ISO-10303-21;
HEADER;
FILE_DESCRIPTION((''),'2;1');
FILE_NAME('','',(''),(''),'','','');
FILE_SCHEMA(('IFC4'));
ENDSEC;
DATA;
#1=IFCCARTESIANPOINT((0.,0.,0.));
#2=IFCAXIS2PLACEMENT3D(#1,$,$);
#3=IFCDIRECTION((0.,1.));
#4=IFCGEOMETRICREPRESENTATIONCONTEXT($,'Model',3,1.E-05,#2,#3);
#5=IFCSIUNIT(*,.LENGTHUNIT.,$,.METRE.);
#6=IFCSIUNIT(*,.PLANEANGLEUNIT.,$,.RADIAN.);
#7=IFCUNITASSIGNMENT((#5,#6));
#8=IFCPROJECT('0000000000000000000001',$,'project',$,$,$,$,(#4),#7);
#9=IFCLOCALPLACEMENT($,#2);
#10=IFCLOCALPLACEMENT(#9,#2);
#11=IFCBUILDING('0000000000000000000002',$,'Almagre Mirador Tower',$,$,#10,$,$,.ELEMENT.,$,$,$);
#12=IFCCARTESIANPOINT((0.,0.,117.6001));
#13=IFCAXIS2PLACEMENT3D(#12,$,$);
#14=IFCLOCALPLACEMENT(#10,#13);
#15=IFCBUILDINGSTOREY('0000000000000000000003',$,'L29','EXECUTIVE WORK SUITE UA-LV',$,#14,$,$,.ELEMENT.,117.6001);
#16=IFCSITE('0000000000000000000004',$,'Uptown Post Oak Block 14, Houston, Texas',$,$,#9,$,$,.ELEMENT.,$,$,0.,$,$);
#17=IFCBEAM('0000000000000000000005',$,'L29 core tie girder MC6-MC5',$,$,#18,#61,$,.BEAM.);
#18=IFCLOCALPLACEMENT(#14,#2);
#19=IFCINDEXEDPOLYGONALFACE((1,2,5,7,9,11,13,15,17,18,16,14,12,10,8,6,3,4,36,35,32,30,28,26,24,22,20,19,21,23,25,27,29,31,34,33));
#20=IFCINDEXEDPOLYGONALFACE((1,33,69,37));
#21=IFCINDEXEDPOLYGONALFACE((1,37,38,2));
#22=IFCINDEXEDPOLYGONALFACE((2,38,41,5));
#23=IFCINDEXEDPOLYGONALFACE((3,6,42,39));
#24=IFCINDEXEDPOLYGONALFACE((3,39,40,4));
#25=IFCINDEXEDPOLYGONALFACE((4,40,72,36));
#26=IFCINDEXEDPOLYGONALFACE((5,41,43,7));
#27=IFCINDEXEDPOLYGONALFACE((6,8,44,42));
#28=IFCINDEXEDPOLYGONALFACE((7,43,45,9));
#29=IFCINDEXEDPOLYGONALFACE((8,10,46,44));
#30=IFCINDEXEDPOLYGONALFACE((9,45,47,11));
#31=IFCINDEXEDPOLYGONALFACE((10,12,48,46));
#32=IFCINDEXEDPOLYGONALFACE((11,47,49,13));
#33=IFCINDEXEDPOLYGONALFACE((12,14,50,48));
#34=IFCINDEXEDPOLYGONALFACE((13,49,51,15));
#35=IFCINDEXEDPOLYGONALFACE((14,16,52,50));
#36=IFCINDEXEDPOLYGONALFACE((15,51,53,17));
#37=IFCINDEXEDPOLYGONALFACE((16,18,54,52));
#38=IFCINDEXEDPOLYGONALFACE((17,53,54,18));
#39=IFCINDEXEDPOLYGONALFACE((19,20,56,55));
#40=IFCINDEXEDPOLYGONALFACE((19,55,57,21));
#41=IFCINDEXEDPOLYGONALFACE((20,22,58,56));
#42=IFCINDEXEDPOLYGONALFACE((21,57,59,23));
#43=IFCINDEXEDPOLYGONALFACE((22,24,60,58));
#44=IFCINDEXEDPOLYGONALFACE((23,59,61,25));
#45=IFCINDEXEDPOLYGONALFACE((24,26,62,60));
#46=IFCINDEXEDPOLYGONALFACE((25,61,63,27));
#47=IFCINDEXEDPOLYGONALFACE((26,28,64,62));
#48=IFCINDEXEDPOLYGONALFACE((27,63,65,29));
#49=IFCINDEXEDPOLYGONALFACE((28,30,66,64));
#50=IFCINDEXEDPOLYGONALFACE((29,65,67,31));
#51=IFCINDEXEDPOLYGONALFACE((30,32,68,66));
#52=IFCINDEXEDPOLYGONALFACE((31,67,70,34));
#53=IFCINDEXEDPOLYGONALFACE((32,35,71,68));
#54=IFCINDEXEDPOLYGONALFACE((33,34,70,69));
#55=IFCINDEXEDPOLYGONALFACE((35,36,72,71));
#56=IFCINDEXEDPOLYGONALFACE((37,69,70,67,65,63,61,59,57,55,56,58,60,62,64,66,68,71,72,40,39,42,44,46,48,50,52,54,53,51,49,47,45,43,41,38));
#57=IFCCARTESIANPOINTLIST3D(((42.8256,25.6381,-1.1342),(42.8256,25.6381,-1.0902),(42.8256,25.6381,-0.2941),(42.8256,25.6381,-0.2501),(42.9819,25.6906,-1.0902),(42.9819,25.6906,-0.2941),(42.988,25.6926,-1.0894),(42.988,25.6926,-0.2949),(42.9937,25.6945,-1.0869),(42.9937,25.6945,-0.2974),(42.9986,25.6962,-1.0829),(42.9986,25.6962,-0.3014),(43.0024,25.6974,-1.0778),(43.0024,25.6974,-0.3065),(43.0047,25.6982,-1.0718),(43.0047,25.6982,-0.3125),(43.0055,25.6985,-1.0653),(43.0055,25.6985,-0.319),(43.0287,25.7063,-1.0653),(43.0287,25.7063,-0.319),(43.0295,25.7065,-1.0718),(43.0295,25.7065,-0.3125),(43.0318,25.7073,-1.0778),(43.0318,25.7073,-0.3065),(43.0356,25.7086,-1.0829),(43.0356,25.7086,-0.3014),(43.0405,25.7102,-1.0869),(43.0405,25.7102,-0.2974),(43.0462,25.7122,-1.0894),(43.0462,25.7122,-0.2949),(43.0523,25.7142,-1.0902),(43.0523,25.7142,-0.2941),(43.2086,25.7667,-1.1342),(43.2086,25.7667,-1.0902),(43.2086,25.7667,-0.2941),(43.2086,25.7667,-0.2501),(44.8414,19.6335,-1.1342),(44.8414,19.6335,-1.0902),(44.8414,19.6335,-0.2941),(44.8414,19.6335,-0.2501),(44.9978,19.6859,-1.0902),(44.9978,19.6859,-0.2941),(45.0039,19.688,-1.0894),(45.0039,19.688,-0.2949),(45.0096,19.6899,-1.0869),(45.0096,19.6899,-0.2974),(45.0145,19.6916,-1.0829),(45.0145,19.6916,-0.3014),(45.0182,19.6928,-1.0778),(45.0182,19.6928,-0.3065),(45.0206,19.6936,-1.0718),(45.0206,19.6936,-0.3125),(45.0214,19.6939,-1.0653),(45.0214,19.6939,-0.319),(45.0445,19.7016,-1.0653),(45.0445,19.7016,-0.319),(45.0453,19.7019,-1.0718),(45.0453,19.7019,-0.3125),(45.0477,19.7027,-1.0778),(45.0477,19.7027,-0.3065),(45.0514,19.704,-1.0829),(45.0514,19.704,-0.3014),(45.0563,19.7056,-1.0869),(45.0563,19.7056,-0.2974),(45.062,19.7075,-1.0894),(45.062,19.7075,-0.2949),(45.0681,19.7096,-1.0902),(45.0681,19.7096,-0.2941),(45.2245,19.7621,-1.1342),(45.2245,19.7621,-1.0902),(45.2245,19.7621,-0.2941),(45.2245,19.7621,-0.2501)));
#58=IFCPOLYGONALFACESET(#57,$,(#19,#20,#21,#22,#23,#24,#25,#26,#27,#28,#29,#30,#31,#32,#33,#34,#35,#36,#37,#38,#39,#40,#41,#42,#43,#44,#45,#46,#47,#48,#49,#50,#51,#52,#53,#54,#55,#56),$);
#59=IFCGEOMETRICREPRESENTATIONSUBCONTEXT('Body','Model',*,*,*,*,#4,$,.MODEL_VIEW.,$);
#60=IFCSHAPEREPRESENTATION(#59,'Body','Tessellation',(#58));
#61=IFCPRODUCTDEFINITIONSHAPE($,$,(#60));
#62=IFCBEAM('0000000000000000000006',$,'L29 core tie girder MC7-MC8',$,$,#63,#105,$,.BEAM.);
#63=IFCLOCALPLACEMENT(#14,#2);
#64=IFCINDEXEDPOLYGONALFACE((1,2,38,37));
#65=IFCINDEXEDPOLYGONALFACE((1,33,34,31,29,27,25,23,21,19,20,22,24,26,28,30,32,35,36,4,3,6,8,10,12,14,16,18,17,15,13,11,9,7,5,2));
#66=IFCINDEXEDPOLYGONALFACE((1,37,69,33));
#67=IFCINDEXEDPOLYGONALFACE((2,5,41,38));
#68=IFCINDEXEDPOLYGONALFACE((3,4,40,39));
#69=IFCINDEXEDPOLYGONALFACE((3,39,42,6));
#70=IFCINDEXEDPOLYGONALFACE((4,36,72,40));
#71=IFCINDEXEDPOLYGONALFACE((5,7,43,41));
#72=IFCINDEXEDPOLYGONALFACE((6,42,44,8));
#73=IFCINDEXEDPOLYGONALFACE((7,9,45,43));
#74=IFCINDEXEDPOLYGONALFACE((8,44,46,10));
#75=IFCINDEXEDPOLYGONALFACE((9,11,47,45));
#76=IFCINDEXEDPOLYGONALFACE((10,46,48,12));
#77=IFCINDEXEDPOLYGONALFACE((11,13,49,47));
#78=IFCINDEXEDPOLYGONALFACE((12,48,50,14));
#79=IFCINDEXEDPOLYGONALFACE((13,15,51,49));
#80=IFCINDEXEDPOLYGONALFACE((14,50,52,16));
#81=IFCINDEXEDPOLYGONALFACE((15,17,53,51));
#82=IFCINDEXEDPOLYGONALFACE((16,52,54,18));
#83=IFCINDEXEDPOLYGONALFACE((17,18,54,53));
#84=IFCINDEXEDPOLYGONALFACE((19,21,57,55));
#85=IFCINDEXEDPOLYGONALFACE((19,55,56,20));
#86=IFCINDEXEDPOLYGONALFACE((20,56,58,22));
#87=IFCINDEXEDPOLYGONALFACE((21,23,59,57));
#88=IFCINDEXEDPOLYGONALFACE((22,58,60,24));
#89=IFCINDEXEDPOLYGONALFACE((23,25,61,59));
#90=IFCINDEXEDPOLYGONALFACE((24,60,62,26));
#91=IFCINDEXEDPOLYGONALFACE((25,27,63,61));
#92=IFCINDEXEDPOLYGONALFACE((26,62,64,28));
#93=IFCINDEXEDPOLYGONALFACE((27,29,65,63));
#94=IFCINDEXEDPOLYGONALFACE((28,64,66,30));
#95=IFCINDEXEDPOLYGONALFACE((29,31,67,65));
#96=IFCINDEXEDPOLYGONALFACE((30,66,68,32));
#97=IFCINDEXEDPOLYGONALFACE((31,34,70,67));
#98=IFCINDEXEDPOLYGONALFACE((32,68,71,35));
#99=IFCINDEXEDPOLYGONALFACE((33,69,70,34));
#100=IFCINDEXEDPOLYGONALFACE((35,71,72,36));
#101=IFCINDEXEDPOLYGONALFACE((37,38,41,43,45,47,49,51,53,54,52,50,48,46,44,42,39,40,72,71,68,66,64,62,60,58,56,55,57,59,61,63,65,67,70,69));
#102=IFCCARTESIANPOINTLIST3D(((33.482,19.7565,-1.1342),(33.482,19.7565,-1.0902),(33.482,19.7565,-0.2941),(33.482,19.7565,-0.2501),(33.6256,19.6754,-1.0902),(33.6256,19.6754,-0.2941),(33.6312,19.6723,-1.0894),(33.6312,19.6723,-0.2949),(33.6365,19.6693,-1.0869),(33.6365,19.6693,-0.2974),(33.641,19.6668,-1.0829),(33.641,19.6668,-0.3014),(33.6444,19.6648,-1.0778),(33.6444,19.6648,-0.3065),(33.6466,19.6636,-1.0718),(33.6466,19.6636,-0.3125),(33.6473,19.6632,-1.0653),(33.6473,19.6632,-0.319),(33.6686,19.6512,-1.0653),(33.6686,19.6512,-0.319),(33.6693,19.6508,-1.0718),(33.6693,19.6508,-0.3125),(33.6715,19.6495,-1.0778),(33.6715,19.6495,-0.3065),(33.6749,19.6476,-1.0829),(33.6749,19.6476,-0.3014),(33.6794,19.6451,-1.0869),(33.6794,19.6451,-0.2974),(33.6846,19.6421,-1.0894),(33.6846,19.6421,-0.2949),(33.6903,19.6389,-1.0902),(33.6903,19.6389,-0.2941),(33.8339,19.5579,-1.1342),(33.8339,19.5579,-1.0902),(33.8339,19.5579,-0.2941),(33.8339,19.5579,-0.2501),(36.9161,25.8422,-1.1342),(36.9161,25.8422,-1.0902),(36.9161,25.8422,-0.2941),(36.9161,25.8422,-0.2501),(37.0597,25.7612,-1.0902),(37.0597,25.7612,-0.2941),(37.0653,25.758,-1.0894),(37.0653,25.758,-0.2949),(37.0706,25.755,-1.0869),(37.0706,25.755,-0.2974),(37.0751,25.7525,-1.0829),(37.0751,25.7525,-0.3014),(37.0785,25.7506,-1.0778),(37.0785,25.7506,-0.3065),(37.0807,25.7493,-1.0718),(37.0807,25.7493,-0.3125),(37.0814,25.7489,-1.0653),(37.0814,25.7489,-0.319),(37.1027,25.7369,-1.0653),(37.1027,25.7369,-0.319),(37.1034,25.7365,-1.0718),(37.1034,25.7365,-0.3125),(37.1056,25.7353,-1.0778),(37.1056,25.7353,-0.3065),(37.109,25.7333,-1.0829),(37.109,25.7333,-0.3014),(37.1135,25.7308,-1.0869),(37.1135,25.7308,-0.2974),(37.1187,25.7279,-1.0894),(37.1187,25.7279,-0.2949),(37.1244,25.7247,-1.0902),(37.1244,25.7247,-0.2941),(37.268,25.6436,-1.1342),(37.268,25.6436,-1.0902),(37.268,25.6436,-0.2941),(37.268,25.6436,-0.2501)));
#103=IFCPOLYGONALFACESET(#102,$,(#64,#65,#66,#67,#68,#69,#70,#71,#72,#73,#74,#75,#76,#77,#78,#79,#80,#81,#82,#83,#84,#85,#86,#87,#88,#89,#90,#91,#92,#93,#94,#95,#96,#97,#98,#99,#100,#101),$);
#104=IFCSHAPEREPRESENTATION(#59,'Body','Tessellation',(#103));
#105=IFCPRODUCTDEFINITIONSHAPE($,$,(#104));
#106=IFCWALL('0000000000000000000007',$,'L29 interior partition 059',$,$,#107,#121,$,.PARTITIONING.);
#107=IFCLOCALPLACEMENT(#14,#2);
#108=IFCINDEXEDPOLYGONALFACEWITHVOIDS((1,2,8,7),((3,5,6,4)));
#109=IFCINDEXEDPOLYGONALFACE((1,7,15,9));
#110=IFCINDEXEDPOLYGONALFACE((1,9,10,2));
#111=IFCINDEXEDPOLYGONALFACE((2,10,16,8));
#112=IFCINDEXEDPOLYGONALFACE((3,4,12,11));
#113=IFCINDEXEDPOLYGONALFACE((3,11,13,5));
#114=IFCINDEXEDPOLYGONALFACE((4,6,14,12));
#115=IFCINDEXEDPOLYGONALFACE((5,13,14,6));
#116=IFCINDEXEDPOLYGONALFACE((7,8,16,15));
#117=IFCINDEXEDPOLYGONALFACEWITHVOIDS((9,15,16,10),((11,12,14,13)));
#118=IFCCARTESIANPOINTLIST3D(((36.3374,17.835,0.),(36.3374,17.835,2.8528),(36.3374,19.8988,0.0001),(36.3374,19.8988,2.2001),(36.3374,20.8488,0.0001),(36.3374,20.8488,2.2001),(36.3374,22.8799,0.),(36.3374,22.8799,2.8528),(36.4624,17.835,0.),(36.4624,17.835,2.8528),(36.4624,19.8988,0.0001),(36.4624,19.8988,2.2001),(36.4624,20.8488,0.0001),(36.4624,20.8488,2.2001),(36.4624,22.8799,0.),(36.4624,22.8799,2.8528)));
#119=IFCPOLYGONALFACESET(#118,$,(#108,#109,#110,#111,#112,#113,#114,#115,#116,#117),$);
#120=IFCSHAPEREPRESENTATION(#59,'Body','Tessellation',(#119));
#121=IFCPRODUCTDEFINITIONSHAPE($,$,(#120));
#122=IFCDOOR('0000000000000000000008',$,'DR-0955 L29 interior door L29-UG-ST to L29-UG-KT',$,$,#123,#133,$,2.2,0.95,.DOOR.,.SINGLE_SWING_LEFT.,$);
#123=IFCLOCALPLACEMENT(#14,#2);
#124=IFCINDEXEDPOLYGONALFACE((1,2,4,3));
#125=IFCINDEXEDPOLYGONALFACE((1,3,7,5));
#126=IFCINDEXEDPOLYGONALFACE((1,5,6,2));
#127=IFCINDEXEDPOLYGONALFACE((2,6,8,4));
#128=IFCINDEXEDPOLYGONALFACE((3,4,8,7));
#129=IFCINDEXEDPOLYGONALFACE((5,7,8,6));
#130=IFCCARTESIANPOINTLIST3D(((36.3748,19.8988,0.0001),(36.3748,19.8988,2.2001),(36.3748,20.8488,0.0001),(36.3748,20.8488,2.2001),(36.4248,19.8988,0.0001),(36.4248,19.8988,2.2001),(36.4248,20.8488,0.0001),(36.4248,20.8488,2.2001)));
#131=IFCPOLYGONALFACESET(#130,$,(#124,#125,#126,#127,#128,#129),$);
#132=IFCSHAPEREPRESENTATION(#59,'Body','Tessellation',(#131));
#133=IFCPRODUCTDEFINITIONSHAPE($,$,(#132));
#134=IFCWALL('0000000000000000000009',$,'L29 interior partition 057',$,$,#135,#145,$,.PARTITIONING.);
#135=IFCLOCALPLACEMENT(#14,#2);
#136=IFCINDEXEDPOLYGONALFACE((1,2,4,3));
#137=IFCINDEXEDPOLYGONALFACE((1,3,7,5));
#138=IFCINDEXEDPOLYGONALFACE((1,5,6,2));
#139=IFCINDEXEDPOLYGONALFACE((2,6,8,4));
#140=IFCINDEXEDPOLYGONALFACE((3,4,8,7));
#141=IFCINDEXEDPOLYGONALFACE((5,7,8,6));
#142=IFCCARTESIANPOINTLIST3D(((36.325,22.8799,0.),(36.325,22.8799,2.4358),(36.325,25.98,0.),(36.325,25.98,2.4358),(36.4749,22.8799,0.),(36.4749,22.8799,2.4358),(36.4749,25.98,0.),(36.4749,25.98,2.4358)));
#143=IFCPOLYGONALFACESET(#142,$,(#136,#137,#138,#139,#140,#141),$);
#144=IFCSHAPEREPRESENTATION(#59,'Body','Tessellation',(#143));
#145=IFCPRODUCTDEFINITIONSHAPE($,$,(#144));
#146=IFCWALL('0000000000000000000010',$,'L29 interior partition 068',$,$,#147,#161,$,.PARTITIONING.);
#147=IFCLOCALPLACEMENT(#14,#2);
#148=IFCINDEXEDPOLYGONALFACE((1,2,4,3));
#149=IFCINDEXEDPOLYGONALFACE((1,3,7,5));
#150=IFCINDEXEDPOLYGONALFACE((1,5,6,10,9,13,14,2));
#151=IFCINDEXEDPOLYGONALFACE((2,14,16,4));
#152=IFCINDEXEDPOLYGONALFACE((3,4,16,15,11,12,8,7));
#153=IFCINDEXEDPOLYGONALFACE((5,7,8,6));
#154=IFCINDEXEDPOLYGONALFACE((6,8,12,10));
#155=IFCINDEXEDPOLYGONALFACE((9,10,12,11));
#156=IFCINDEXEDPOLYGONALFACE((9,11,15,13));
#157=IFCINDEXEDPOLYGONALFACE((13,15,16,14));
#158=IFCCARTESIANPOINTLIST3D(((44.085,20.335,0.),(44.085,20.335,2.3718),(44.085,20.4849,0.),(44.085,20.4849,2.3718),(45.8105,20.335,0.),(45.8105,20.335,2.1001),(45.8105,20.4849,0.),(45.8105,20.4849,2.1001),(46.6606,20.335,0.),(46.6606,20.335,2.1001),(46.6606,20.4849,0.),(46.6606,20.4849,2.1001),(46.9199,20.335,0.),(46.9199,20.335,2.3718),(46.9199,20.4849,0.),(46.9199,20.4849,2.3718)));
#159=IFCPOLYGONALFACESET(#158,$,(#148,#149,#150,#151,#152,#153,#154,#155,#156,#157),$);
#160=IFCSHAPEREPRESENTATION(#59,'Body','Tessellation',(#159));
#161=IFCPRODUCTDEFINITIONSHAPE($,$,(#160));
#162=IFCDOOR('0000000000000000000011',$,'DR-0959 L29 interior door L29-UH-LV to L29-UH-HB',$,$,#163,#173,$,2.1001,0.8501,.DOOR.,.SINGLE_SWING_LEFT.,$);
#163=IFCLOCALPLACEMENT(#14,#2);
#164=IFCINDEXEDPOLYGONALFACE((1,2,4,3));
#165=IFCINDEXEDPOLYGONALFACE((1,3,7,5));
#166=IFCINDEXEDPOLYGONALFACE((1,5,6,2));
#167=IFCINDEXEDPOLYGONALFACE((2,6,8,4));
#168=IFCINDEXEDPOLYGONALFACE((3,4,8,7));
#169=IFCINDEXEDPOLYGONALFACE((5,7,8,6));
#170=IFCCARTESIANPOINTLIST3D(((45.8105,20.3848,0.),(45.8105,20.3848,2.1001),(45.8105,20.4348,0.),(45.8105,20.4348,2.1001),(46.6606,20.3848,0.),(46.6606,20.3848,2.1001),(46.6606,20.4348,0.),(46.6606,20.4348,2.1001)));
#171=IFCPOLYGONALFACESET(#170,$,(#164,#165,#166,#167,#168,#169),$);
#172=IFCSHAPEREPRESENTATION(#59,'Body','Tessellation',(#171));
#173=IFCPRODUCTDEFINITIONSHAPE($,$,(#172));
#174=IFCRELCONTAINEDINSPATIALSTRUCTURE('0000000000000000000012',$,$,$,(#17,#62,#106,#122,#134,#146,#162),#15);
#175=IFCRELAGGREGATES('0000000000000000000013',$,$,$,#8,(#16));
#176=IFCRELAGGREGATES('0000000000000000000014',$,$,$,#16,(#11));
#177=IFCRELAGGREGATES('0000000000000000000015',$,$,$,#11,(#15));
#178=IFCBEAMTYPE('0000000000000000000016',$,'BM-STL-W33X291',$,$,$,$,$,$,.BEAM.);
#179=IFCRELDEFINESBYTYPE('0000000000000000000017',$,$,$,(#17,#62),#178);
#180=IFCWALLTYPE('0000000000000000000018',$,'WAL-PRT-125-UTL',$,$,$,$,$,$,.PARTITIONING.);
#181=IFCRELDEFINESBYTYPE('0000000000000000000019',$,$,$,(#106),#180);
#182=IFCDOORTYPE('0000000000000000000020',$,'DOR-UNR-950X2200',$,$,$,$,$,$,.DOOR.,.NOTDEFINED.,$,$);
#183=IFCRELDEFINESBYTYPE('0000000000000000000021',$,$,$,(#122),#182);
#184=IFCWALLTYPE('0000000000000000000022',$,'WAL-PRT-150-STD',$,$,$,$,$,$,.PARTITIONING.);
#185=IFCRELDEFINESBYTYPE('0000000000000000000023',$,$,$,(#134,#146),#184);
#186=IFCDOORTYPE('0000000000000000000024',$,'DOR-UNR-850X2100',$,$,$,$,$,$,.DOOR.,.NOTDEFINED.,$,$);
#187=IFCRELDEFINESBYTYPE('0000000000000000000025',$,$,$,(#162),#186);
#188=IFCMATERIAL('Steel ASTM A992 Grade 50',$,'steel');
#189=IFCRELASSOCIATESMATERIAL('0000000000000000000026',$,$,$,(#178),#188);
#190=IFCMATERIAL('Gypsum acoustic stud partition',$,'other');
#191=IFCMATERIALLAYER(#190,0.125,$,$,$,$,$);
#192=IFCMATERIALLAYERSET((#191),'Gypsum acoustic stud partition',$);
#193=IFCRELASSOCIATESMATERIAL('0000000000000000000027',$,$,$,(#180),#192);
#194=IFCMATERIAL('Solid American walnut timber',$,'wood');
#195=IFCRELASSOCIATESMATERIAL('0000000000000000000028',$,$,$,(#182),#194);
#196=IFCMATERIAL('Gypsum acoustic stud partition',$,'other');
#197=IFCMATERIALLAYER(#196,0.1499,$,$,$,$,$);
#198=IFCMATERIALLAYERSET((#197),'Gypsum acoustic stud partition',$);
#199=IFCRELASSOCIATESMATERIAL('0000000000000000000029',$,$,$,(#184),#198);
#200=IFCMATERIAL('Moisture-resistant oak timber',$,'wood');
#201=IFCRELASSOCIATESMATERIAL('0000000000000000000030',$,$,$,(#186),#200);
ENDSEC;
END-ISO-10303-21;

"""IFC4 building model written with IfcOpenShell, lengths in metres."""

from ifc_helpers import new_model, si_unit, direction, frame, frame_2d, origin, origin_2d, place, context, subcontext, project, spatial, rectangle, i_section, extrude, material, layer, layer_set, material_profile, profile_set, type_object, element, fill, save


model = new_model("IFC4")

# Units and contexts
model_context = context("Model", 3, precision=1e-05, world=origin(), true_north=direction((0.0, 1.0)))
body_context = subcontext(model_context, "Body", "Model", "MODEL_VIEW")
ifc_project = project(units=[si_unit("LENGTHUNIT", "METRE"), si_unit("PLANEANGLEUNIT", "RADIAN")], contexts=[model_context])

# Site, building, storey
site_placement = place(None, origin())
site = spatial("IfcSite", under=ifc_project, at=site_placement, Name="Uptown Post Oak Block 14, Houston, Texas", CompositionType="ELEMENT", RefElevation=0.0)
building_placement = place(site_placement, origin())
building = spatial("IfcBuilding", under=site, at=building_placement, Name="Almagre Mirador Tower", CompositionType="ELEMENT")
storey_placement = place(building_placement, frame((0.0, 0.0, 117.6001)))
storey = spatial("IfcBuildingStorey", under=building, at=storey_placement, Name="L29", Description="EXECUTIVE WORK SUITE UA-LV", CompositionType="ELEMENT", Elevation=117.6001)

# Beams
ifc_material_1 = material(Name="Steel ASTM A992 Grade 50", Category="steel")
ifc_material_profile_1 = material_profile(ifc_material_1, i_section(OverallWidth=0.4041, OverallDepth=0.884, WebThickness=0.0244, FlangeThickness=0.0439, FilletRadius=0.0249, at=origin_2d()), Name="W33X291")
ifc_profile_set_1 = profile_set([ifc_material_profile_1], Name="Steel ASTM A992 Grade 50")
beam_type_1 = type_object("IfcBeamType", Name="BM-STL-W33X291", PredefinedType="BEAM", material=ifc_profile_set_1)
beam_1_placement = place(storey_placement, frame((43.0171, 25.7024, -0.6921), z_axis=(0.318262, -0.948003, 0.0), x_axis=(0.948003, 0.318262, 0.0)))
element("IfcBeam", 1, at=beam_1_placement, inside=storey, type_object=beam_type_1, Name="L29 core tie girder MC6-MC5", PredefinedType="BEAM", context=body_context, shape_type="SweptSolid", body=[
    extrude(i_section(OverallWidth=0.4041, OverallDepth=0.884, WebThickness=0.0244, FlangeThickness=0.0439, FilletRadius=0.0249, at=origin_2d()), origin(), (0.0, 0.0, 1.0), 6.334),
])
beam_2_placement = place(storey_placement, frame((37.092, 25.7429, -0.6921), z_axis=(-0.491444, -0.870909, 0.0), x_axis=(0.870909, -0.491444, 0.0)))
element("IfcBeam", 2, at=beam_2_placement, inside=storey, type_object=beam_type_1, Name="L29 core tie girder MC7-MC8", PredefinedType="BEAM", context=body_context, shape_type="SweptSolid", body=[
    extrude(i_section(OverallWidth=0.4041, OverallDepth=0.884, WebThickness=0.0244, FlangeThickness=0.0439, FilletRadius=0.0249, at=origin_2d()), origin(), (0.0, 0.0, 1.0), 6.9878),
])

# Wall, opening, door
ifc_material_2 = material(Name="Gypsum acoustic stud partition", Category="other")
ifc_layer_1 = layer(ifc_material_2, 0.125)
ifc_layer_set_1 = layer_set([ifc_layer_1], Name="Gypsum acoustic stud partition")
wall_type_1 = type_object("IfcWallType", Name="WAL-PRT-125-UTL", PredefinedType="PARTITIONING", material=ifc_layer_set_1)
wall_1_placement = place(storey_placement, frame((36.3999, 22.8799, 0.0), z_axis=(0.0, 0.0, 1.0), x_axis=(0.0, -1.0, 0.0)))
wall_1 = element("IfcWall", 3, at=wall_1_placement, inside=storey, type_object=wall_type_1, Name="L29 interior partition 059", PredefinedType="PARTITIONING", context=body_context, shape_type="SweptSolid", body=[
    extrude(rectangle(XDim=5.0449, YDim=0.125, at=frame_2d((2.5225, 0.0))), origin(), (0.0, 0.0, 1.0), 2.8528),
])
opening_1_placement = place(wall_1_placement, frame((2.031, 0.0, 0.0)))
opening_1 = element("IfcOpeningElement", 4, at=opening_1_placement, cuts=wall_1, PredefinedType="OPENING", context=body_context, shape_type="SweptSolid", body=[
    extrude(rectangle(XDim=0.95, YDim=2.2, at=frame_2d((0.4751, 1.1001))), frame((0.0, 0.0725, 0.0), z_axis=(0.0, -1.0, 0.0), x_axis=(1.0, 0.0, 0.0)), (0.0, 0.0, 1.0), 0.145),
])
ifc_material_3 = material(Name="Solid American walnut timber", Category="wood")
door_type_1 = type_object("IfcDoorType", Name="DOR-UNR-950X2200", OperationType="NOTDEFINED", PredefinedType="DOOR", material=ifc_material_3)
door_1_placement = place(opening_1_placement, origin())
door_1 = element("IfcDoor", 5, at=door_1_placement, inside=storey, type_object=door_type_1, Name="DR-0955 L29 interior door L29-UG-ST to L29-UG-KT", OperationType="SINGLE_SWING_LEFT", OverallHeight=2.2, OverallWidth=0.95, PredefinedType="DOOR", context=body_context, shape_type="SweptSolid", body=[
    extrude(rectangle(XDim=0.95, YDim=2.2, at=frame_2d((0.4751, 1.1001))), frame((0.0, 0.0249, 0.0), z_axis=(0.0, -1.0, 0.0), x_axis=(1.0, 0.0, 0.0)), (0.0, 0.0, 1.0), 0.05),
])
fill(opening_1, door_1)

# Wall
ifc_material_4 = material(Name="Gypsum acoustic stud partition", Category="other")
ifc_layer_2 = layer(ifc_material_4, 0.1499)
ifc_layer_set_2 = layer_set([ifc_layer_2], Name="Gypsum acoustic stud partition")
wall_type_2 = type_object("IfcWallType", Name="WAL-PRT-150-STD", PredefinedType="PARTITIONING", material=ifc_layer_set_2)
wall_2_placement = place(storey_placement, frame((36.3999, 25.98, 0.0), z_axis=(0.0, 0.0, 1.0), x_axis=(0.0, -1.0, 0.0)))
element("IfcWall", 6, at=wall_2_placement, inside=storey, type_object=wall_type_2, Name="L29 interior partition 057", PredefinedType="PARTITIONING", context=body_context, shape_type="SweptSolid", body=[
    extrude(rectangle(XDim=3.1001, YDim=0.1499, at=frame_2d((1.55, 0.0))), origin(), (0.0, 0.0, 1.0), 2.4358),
])

# Wall, opening, door
wall_3_placement = place(storey_placement, frame((44.085, 20.4099, 0.0), z_axis=(0.0, 0.0, 1.0), x_axis=(1.0, 0.0, 0.0)))
wall_3 = element("IfcWall", 7, at=wall_3_placement, inside=storey, type_object=wall_type_2, Name="L29 interior partition 068", PredefinedType="PARTITIONING", context=body_context, shape_type="SweptSolid", body=[
    extrude(rectangle(XDim=2.835, YDim=0.1499, at=frame_2d((1.4175, 0.0))), origin(), (0.0, 0.0, 1.0), 2.3718),
])
opening_2_placement = place(wall_3_placement, frame((1.7256, 0.0, 0.0)))
opening_2 = element("IfcOpeningElement", 8, at=opening_2_placement, cuts=wall_3, PredefinedType="OPENING", context=body_context, shape_type="SweptSolid", body=[
    extrude(rectangle(XDim=0.8501, YDim=2.1001, at=frame_2d((0.425, 1.05))), frame((0.0, 0.085, 0.0), z_axis=(0.0, -1.0, 0.0), x_axis=(1.0, 0.0, 0.0)), (0.0, 0.0, 1.0), 0.1699),
])
ifc_material_5 = material(Name="Moisture-resistant oak timber", Category="wood")
door_type_2 = type_object("IfcDoorType", Name="DOR-UNR-850X2100", OperationType="NOTDEFINED", PredefinedType="DOOR", material=ifc_material_5)
door_2_placement = place(opening_2_placement, origin())
door_2 = element("IfcDoor", 9, at=door_2_placement, inside=storey, type_object=door_type_2, Name="DR-0959 L29 interior door L29-UH-LV to L29-UH-HB", OperationType="SINGLE_SWING_LEFT", OverallHeight=2.1001, OverallWidth=0.8501, PredefinedType="DOOR", context=body_context, shape_type="SweptSolid", body=[
    extrude(rectangle(XDim=0.8501, YDim=2.1001, at=frame_2d((0.425, 1.05))), frame((0.0, 0.0249, 0.0), z_axis=(0.0, -1.0, 0.0), x_axis=(1.0, 0.0, 0.0)), (0.0, 0.0, 1.0), 0.05),
])
fill(opening_2, door_2)

save(model, "model.ifc")
